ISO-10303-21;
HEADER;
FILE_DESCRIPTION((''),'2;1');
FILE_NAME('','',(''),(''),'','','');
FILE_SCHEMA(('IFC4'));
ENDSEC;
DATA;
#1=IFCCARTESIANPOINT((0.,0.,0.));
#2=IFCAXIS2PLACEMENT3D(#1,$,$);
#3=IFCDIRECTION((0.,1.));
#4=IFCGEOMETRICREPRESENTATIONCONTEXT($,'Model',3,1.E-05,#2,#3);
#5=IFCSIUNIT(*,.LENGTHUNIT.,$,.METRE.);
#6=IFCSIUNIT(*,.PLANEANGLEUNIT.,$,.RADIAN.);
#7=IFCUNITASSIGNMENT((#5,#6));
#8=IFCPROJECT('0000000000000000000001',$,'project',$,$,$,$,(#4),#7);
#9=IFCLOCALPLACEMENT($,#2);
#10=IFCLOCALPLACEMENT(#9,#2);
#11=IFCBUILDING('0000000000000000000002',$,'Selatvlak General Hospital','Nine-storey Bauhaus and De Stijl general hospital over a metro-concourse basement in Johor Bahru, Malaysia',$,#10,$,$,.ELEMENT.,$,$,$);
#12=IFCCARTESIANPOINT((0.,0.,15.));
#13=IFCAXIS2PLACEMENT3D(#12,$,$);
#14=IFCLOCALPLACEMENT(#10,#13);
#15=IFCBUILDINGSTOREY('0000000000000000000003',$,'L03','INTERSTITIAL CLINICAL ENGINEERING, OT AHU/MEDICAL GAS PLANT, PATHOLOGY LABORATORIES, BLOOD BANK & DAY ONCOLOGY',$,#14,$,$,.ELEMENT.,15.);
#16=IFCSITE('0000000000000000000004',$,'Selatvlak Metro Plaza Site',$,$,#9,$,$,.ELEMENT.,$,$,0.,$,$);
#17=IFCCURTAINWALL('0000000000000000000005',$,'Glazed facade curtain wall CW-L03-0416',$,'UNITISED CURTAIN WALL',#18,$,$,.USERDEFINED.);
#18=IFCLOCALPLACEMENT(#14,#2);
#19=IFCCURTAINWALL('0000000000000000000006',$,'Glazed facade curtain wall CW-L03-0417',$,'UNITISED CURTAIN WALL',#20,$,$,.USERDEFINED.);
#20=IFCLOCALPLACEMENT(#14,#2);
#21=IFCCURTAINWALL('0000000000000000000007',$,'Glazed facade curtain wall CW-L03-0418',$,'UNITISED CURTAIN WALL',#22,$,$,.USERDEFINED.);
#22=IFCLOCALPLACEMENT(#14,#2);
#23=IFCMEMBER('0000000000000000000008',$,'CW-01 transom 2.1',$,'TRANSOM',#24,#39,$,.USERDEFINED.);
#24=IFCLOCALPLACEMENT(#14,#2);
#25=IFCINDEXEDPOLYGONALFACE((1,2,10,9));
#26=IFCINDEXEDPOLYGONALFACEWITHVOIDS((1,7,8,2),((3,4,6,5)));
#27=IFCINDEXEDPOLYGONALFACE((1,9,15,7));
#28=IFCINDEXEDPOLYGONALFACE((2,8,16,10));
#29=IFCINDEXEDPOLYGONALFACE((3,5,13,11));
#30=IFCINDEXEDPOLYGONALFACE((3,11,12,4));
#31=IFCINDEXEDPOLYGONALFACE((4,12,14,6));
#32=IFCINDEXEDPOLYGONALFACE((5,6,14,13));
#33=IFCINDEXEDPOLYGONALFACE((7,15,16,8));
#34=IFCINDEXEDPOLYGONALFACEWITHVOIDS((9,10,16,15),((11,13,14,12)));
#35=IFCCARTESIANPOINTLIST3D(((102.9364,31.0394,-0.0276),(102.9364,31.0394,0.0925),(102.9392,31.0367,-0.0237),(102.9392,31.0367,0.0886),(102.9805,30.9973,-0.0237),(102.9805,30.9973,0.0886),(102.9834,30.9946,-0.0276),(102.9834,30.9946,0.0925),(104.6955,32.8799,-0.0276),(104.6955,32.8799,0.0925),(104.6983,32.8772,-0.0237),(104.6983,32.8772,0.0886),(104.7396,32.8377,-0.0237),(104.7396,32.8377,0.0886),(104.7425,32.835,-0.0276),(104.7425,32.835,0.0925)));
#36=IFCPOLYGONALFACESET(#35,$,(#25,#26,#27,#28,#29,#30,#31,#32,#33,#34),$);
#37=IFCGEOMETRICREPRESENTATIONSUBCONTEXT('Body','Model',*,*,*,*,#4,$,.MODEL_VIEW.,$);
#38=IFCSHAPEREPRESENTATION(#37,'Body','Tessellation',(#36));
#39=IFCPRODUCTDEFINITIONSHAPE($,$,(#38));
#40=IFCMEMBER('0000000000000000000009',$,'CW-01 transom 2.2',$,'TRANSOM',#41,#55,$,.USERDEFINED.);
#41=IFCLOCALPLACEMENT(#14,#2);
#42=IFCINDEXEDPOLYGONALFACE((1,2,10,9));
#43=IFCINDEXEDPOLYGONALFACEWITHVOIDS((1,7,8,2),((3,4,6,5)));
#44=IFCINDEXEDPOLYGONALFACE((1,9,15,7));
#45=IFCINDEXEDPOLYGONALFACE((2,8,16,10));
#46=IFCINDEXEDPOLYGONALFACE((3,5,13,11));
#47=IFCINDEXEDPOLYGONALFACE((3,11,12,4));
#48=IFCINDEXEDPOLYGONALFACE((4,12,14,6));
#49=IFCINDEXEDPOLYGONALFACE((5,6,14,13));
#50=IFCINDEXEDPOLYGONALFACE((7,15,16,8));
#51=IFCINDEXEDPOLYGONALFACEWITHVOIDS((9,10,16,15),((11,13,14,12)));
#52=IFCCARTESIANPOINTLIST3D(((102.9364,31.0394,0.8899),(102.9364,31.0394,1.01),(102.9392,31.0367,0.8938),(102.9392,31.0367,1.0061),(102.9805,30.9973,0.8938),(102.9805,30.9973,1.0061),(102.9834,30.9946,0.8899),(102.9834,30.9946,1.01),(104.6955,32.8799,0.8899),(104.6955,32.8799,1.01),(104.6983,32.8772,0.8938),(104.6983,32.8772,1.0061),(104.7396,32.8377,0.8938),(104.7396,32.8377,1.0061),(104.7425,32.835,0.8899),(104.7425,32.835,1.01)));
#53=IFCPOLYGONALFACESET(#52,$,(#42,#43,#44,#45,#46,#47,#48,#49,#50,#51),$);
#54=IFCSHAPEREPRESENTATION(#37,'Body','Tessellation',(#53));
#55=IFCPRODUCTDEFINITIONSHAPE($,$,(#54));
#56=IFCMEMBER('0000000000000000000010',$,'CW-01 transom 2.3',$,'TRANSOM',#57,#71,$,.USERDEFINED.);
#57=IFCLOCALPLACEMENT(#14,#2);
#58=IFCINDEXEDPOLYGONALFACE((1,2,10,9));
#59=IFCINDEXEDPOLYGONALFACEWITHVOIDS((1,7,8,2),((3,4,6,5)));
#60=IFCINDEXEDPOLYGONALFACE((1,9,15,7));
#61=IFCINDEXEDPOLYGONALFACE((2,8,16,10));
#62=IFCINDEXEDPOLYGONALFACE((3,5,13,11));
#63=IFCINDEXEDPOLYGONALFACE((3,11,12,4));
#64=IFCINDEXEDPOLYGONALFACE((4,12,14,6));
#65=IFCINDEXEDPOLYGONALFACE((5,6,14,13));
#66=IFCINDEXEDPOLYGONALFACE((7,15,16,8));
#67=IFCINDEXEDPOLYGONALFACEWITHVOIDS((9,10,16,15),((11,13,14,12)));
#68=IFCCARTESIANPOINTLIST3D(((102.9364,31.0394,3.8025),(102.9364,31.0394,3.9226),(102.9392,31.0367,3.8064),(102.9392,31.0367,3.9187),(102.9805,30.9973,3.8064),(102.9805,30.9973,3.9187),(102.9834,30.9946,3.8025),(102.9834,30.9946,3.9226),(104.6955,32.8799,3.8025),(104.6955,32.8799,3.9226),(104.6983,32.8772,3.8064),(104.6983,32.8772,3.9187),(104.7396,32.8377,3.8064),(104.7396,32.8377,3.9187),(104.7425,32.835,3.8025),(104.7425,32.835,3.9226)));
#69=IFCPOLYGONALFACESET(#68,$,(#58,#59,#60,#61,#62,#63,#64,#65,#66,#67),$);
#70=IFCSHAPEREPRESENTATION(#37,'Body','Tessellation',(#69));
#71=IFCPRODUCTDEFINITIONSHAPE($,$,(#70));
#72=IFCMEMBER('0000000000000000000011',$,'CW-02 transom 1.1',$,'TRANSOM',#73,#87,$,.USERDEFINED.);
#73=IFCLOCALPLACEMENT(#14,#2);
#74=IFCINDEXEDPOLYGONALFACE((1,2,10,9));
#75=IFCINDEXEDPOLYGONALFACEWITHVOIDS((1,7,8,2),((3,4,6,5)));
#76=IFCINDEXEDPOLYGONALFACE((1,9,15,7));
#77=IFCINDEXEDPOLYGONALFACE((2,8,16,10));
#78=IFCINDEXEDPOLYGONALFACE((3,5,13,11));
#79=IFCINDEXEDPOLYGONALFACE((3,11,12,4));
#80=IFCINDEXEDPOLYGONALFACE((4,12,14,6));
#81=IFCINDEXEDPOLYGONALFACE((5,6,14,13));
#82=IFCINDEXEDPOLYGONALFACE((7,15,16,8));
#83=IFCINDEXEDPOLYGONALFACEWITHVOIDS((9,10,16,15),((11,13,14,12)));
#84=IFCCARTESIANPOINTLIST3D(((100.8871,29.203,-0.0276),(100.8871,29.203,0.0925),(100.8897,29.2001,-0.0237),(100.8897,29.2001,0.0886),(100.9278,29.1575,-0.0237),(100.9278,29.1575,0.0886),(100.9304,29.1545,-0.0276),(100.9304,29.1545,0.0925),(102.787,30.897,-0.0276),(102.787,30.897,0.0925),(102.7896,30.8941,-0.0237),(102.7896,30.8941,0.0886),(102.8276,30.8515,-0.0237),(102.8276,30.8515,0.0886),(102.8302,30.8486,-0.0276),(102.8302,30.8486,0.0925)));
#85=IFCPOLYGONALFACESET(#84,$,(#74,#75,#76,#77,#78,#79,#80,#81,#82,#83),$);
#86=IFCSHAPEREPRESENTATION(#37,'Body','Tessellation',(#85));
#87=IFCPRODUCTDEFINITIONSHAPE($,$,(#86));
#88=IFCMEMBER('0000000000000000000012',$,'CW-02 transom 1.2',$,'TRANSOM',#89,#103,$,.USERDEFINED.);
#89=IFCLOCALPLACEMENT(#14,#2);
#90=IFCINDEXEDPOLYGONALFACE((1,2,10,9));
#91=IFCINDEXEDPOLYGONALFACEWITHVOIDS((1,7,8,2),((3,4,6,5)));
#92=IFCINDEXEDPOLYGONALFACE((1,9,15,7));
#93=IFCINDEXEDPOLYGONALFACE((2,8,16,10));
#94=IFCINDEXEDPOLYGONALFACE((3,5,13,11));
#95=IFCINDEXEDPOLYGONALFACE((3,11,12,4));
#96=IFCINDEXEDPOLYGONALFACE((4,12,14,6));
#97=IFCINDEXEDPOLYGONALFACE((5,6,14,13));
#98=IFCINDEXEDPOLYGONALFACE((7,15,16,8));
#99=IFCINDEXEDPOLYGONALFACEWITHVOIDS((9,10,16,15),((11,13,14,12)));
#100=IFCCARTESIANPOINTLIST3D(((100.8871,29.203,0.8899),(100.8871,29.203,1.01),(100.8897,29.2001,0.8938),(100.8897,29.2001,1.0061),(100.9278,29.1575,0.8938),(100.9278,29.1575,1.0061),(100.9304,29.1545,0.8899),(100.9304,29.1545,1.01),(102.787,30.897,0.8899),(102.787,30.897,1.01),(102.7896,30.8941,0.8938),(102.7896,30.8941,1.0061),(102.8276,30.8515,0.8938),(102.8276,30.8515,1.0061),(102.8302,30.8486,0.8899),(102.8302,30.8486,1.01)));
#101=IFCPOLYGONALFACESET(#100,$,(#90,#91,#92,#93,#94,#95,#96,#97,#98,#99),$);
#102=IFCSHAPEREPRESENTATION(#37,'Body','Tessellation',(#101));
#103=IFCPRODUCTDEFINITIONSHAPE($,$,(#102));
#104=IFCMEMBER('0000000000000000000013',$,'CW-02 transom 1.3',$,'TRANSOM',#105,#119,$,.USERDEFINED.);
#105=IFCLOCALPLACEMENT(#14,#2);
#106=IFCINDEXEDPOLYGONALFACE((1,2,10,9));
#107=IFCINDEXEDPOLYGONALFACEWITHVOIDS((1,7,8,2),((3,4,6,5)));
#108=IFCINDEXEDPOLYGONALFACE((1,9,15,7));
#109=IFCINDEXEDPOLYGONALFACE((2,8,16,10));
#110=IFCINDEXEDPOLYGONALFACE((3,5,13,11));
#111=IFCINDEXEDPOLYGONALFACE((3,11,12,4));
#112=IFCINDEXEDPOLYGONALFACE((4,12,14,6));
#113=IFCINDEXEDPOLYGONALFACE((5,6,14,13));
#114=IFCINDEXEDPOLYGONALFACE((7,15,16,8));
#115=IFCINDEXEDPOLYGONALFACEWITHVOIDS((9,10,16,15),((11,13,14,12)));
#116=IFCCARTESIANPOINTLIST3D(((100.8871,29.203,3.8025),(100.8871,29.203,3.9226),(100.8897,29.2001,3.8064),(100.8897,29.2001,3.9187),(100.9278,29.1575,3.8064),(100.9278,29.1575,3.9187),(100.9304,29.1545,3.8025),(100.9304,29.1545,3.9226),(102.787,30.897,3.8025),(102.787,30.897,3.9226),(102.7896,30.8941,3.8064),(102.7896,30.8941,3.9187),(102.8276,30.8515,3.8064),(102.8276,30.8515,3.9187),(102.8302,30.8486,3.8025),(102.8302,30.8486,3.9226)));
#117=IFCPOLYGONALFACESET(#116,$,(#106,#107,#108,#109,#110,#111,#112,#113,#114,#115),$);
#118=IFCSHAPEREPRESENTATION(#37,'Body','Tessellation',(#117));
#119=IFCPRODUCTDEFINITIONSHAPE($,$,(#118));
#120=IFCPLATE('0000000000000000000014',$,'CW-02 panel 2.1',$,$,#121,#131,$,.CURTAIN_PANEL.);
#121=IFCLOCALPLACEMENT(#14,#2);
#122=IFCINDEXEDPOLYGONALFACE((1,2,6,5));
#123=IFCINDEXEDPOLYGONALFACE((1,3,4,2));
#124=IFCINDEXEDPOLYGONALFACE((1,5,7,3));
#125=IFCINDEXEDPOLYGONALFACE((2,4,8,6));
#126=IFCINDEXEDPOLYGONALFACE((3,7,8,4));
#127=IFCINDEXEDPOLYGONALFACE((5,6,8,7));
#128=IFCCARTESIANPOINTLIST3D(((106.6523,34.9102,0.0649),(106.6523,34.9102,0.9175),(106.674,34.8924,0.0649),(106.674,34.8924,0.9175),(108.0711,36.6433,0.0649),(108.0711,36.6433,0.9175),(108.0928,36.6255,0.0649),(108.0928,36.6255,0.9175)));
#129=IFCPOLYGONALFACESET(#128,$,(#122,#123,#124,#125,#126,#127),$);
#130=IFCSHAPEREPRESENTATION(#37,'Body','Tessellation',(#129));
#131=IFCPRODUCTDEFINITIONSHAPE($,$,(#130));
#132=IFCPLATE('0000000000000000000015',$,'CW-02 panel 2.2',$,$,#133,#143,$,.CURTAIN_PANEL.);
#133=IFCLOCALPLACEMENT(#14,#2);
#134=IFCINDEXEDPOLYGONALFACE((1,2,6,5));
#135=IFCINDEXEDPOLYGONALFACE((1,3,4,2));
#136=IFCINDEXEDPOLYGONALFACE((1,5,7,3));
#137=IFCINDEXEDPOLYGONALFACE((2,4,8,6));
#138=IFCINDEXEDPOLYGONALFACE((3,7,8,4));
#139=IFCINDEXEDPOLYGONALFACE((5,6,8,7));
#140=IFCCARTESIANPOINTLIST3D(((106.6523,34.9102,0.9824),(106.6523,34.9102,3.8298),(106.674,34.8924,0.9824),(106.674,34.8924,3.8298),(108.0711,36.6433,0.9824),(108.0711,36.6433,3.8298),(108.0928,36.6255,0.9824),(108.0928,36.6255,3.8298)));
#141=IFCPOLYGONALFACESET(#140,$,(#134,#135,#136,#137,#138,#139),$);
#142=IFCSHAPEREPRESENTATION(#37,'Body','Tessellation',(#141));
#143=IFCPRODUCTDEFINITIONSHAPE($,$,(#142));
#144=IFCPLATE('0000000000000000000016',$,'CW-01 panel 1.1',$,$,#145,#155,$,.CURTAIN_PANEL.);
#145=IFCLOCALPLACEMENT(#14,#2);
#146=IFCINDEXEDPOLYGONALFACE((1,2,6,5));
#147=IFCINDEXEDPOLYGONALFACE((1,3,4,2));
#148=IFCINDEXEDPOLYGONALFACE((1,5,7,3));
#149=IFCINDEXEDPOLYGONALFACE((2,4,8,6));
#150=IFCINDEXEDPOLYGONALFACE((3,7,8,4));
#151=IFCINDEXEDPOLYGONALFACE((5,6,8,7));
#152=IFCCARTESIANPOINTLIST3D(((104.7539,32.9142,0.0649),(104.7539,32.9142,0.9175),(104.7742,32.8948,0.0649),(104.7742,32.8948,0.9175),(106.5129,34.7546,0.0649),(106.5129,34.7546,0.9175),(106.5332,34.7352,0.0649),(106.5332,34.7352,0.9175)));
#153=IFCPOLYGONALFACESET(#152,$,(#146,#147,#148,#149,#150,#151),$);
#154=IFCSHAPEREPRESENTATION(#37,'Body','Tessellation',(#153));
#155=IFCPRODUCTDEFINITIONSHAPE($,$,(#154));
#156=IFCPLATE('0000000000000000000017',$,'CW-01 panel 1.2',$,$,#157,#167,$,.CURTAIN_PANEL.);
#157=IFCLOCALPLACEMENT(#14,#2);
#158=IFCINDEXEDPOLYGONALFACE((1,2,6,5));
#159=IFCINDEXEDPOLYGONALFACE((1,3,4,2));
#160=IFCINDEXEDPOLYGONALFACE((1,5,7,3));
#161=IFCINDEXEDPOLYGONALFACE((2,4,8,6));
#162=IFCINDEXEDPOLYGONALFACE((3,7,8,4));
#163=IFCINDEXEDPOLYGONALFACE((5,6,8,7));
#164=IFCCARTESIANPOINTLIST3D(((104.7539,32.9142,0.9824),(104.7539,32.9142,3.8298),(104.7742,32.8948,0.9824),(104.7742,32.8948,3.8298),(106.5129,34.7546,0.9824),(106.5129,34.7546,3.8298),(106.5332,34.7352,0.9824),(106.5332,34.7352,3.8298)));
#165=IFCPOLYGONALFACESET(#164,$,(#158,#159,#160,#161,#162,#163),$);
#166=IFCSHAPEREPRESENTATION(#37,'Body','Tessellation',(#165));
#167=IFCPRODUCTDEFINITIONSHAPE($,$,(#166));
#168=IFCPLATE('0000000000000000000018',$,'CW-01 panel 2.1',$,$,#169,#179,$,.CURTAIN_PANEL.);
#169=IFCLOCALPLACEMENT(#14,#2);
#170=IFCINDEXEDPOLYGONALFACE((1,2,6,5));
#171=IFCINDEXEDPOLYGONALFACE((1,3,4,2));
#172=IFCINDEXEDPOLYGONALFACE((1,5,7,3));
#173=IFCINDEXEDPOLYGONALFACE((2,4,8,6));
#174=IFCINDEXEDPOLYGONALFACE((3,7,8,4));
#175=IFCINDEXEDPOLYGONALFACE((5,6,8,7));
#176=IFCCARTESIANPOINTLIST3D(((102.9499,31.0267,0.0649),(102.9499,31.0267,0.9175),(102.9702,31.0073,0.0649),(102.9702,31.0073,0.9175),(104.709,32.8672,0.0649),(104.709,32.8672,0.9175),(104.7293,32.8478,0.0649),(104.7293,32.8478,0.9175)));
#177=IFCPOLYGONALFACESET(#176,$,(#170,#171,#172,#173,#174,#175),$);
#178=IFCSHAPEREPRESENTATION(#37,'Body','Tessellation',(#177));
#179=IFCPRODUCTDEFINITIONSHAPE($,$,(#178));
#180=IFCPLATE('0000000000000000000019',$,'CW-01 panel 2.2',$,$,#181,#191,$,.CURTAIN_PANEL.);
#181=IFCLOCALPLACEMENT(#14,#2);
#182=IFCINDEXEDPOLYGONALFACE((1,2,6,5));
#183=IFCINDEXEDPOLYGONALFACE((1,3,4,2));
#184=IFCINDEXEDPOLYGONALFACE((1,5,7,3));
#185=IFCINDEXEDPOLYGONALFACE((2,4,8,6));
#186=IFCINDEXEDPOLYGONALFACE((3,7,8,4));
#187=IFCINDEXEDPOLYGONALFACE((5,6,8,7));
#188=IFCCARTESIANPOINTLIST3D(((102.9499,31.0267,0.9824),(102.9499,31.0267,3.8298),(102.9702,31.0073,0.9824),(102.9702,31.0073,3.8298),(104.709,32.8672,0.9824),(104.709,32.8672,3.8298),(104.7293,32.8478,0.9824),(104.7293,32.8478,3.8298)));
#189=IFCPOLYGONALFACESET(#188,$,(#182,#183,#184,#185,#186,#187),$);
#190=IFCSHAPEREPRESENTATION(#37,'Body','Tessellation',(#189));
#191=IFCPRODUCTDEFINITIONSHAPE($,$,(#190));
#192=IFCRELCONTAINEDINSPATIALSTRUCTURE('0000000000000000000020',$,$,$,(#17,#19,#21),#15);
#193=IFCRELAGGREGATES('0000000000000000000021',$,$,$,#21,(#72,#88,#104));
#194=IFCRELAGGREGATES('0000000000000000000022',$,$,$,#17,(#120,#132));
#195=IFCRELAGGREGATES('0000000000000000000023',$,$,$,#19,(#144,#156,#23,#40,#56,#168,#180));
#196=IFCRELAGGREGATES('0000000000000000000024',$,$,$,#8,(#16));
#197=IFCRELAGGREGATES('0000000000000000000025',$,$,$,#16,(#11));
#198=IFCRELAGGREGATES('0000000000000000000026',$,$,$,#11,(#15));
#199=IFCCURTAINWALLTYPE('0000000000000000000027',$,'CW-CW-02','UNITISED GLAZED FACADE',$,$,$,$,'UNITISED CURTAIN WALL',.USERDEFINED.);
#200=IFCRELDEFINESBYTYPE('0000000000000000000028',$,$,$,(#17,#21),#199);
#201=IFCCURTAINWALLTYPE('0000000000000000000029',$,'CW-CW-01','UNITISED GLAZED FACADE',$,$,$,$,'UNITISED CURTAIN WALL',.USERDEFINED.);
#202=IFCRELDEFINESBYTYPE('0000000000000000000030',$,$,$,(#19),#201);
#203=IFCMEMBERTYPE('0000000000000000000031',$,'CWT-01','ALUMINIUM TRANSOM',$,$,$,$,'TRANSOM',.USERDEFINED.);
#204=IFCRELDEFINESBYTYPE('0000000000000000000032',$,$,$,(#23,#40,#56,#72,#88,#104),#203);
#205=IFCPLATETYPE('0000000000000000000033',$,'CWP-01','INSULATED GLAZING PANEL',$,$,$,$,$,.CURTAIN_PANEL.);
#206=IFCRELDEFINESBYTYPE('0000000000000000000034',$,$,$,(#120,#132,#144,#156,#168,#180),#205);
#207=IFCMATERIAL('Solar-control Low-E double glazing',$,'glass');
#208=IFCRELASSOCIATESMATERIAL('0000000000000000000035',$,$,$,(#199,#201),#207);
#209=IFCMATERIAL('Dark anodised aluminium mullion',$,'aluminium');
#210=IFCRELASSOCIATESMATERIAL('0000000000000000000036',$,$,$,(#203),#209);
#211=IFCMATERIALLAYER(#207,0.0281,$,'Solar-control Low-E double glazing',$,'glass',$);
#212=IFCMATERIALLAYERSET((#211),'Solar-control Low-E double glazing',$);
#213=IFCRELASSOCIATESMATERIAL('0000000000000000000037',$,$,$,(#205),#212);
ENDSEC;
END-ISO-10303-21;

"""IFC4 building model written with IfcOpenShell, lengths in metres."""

from ifc_helpers import new_model, si_unit, direction, frame, origin, origin_2d, place, context, subcontext, project, spatial, rectangle, hollow_rectangle, extrude, material, layer, layer_set, material_profile, profile_set, type_object, element, aggregate, save


model = new_model("IFC4")

# Units and contexts
model_context = context("Model", 3, precision=1e-05, world=origin(), true_north=direction((0.0, 1.0)))
body_context = subcontext(model_context, "Body", "Model", "MODEL_VIEW")
ifc_project = project(units=[si_unit("LENGTHUNIT", "METRE"), si_unit("PLANEANGLEUNIT", "RADIAN")], contexts=[model_context])

# Site, building, storey
site_placement = place(None, origin())
site = spatial("IfcSite", under=ifc_project, at=site_placement, Name="Selatvlak Metro Plaza Site", CompositionType="ELEMENT", RefElevation=0.0)
building_placement = place(site_placement, origin())
building = spatial("IfcBuilding", under=site, at=building_placement, Name="Selatvlak General Hospital", Description="Nine-storey Bauhaus and De Stijl general hospital over a metro-concourse basement in Johor Bahru, Malaysia", CompositionType="ELEMENT")
storey_placement = place(building_placement, frame((0.0, 0.0, 15.0)))
storey = spatial("IfcBuildingStorey", under=building, at=storey_placement, Name="L03", Description="INTERSTITIAL CLINICAL ENGINEERING, OT AHU/MEDICAL GAS PLANT, PATHOLOGY LABORATORIES, BLOOD BANK & DAY ONCOLOGY", CompositionType="ELEMENT", Elevation=15.0)

# Curtain wall
ifc_material_1 = material(Name="Solar-control Low-E double glazing", Category="glass")
curtain_wall_type_1 = type_object("IfcCurtainWallType", Name="CW-CW-02", Description="UNITISED GLAZED FACADE", ElementType="UNITISED CURTAIN WALL", PredefinedType="USERDEFINED", material=ifc_material_1)
curtain_wall_1_placement = place(storey_placement, origin())
curtain_wall_1 = element("IfcCurtainWall", 1, at=curtain_wall_1_placement, inside=storey, type_object=curtain_wall_type_1, Name="Glazed facade curtain wall CW-L03-0416", ObjectType="UNITISED CURTAIN WALL", PredefinedType="USERDEFINED")
ifc_material_2 = material(Name="Dark anodised aluminium mullion", Category="aluminium")

# Curtain wall
curtain_wall_type_2 = type_object("IfcCurtainWallType", Name="CW-CW-01", Description="UNITISED GLAZED FACADE", ElementType="UNITISED CURTAIN WALL", PredefinedType="USERDEFINED", material=ifc_material_1)
curtain_wall_2_placement = place(storey_placement, origin())
curtain_wall_2 = element("IfcCurtainWall", 2, at=curtain_wall_2_placement, inside=storey, type_object=curtain_wall_type_2, Name="Glazed facade curtain wall CW-L03-0417", ObjectType="UNITISED CURTAIN WALL", PredefinedType="USERDEFINED")

# Curtain wall
curtain_wall_3_placement = place(storey_placement, origin())
curtain_wall_3 = element("IfcCurtainWall", 3, at=curtain_wall_3_placement, inside=storey, type_object=curtain_wall_type_1, Name="Glazed facade curtain wall CW-L03-0418", ObjectType="UNITISED CURTAIN WALL", PredefinedType="USERDEFINED")

# Members
ifc_material_profile_1 = material_profile(ifc_material_2, hollow_rectangle(XDim=0.0649, YDim=0.1201, WallThickness=0.0039, at=origin_2d()), Name="AL-TRN 65x120x4")
ifc_profile_set_1 = profile_set([ifc_material_profile_1], Name="Dark anodised aluminium mullion")
member_type_1 = type_object("IfcMemberType", Name="CWT-01", Description="ALUMINIUM TRANSOM", ElementType="TRANSOM", PredefinedType="USERDEFINED", material=ifc_profile_set_1)
member_1_placement = place(storey_placement, frame((104.719, 32.8574, 0.0325), z_axis=(-0.690959, -0.722894, 0.0), x_axis=(0.722894, -0.690959, 0.0)))
member_1 = element("IfcMember", 4, at=member_1_placement, type_object=member_type_1, Name="CW-01 transom 2.1", ObjectType="TRANSOM", PredefinedType="USERDEFINED", context=body_context, shape_type="SweptSolid", body=[
    extrude(hollow_rectangle(XDim=0.0649, YDim=0.1201, WallThickness=0.0039, at=origin_2d()), origin(), (0.0, 0.0, 1.0), 2.5459),
])
member_2_placement = place(storey_placement, frame((104.719, 32.8574, 0.95), z_axis=(-0.690959, -0.722894, 0.0), x_axis=(0.722894, -0.690959, 0.0)))
member_2 = element("IfcMember", 5, at=member_2_placement, type_object=member_type_1, Name="CW-01 transom 2.2", ObjectType="TRANSOM", PredefinedType="USERDEFINED", context=body_context, shape_type="SweptSolid", body=[
    extrude(hollow_rectangle(XDim=0.0649, YDim=0.1201, WallThickness=0.0039, at=origin_2d()), origin(), (0.0, 0.0, 1.0), 2.5459),
])
member_3_placement = place(storey_placement, frame((104.719, 32.8574, 3.8625), z_axis=(-0.690959, -0.722894, 0.0), x_axis=(0.722894, -0.690959, 0.0)))
member_3 = element("IfcMember", 6, at=member_3_placement, type_object=member_type_1, Name="CW-01 transom 2.3", ObjectType="TRANSOM", PredefinedType="USERDEFINED", context=body_context, shape_type="SweptSolid", body=[
    extrude(hollow_rectangle(XDim=0.0649, YDim=0.1201, WallThickness=0.0039, at=origin_2d()), origin(), (0.0, 0.0, 1.0), 2.5459),
])
member_4_placement = place(storey_placement, frame((102.8086, 30.8728, 0.0325), z_axis=(-0.746377, -0.665524, 0.0), x_axis=(0.665524, -0.746377, 0.0)))
member_4 = element("IfcMember", 7, at=member_4_placement, type_object=member_type_1, Name="CW-02 transom 1.1", ObjectType="TRANSOM", PredefinedType="USERDEFINED", context=body_context, shape_type="SweptSolid", body=[
    extrude(hollow_rectangle(XDim=0.0649, YDim=0.1201, WallThickness=0.0039, at=origin_2d()), origin(), (0.0, 0.0, 1.0), 2.5454),
])
member_5_placement = place(storey_placement, frame((102.8086, 30.8728, 0.95), z_axis=(-0.746377, -0.665524, 0.0), x_axis=(0.665524, -0.746377, 0.0)))
member_5 = element("IfcMember", 8, at=member_5_placement, type_object=member_type_1, Name="CW-02 transom 1.2", ObjectType="TRANSOM", PredefinedType="USERDEFINED", context=body_context, shape_type="SweptSolid", body=[
    extrude(hollow_rectangle(XDim=0.0649, YDim=0.1201, WallThickness=0.0039, at=origin_2d()), origin(), (0.0, 0.0, 1.0), 2.5454),
])
member_6_placement = place(storey_placement, frame((102.8086, 30.8728, 3.8625), z_axis=(-0.746377, -0.665524, 0.0), x_axis=(0.665524, -0.746377, 0.0)))
member_6 = element("IfcMember", 9, at=member_6_placement, type_object=member_type_1, Name="CW-02 transom 1.3", ObjectType="TRANSOM", PredefinedType="USERDEFINED", context=body_context, shape_type="SweptSolid", body=[
    extrude(hollow_rectangle(XDim=0.0649, YDim=0.1201, WallThickness=0.0039, at=origin_2d()), origin(), (0.0, 0.0, 1.0), 2.5454),
])
aggregate(curtain_wall_3, [member_4, member_5, member_6])

# Plates
ifc_layer_1 = layer(ifc_material_1, 0.0281, Name="Solar-control Low-E double glazing", Category="glass")
ifc_layer_set_1 = layer_set([ifc_layer_1], Name="Solar-control Low-E double glazing")
plate_type = type_object("IfcPlateType", Name="CWP-01", Description="INSULATED GLAZING PANEL", PredefinedType="CURTAIN_PANEL", material=ifc_layer_set_1)
plate_1_placement = place(storey_placement, frame((107.3726, 35.7678, 0.0649), z_axis=(0.0, 0.0, 1.0), x_axis=(-0.633447, -0.773786, 0.0)))
plate_1 = element("IfcPlate", 10, at=plate_1_placement, type_object=plate_type, Name="CW-02 panel 2.1", PredefinedType="CURTAIN_PANEL", context=body_context, shape_type="SweptSolid", body=[
    extrude(rectangle(XDim=2.2397, YDim=0.0281, at=origin_2d()), origin(), (0.0, 0.0, 1.0), 0.8525),
])
plate_2_placement = place(storey_placement, frame((107.3726, 35.7678, 0.9824), z_axis=(0.0, 0.0, 1.0), x_axis=(-0.633447, -0.773786, 0.0)))
plate_2 = element("IfcPlate", 11, at=plate_2_placement, type_object=plate_type, Name="CW-02 panel 2.2", PredefinedType="CURTAIN_PANEL", context=body_context, shape_type="SweptSolid", body=[
    extrude(rectangle(XDim=2.2397, YDim=0.0281, at=origin_2d()), origin(), (0.0, 0.0, 1.0), 2.8474),
])
aggregate(curtain_wall_1, [plate_1, plate_2])
plate_3_placement = place(storey_placement, frame((105.6436, 33.8247, 0.0649), z_axis=(0.0, 0.0, 1.0), x_axis=(-0.690943, -0.722909, 0.0)))
plate_3 = element("IfcPlate", 12, at=plate_3_placement, type_object=plate_type, Name="CW-01 panel 1.1", PredefinedType="CURTAIN_PANEL", context=body_context, shape_type="SweptSolid", body=[
    extrude(rectangle(XDim=2.5459, YDim=0.0281, at=origin_2d()), origin(), (0.0, 0.0, 1.0), 0.8525),
])
plate_4_placement = place(storey_placement, frame((105.6436, 33.8247, 0.9824), z_axis=(0.0, 0.0, 1.0), x_axis=(-0.690943, -0.722909, 0.0)))
plate_4 = element("IfcPlate", 13, at=plate_4_placement, type_object=plate_type, Name="CW-01 panel 1.2", PredefinedType="CURTAIN_PANEL", context=body_context, shape_type="SweptSolid", body=[
    extrude(rectangle(XDim=2.5459, YDim=0.0281, at=origin_2d()), origin(), (0.0, 0.0, 1.0), 2.8474),
])
plate_5_placement = place(storey_placement, frame((103.8396, 31.9373, 0.0649), z_axis=(0.0, 0.0, 1.0), x_axis=(-0.690943, -0.722909, 0.0)))
plate_5 = element("IfcPlate", 14, at=plate_5_placement, type_object=plate_type, Name="CW-01 panel 2.1", PredefinedType="CURTAIN_PANEL", context=body_context, shape_type="SweptSolid", body=[
    extrude(rectangle(XDim=2.5459, YDim=0.0281, at=origin_2d()), origin(), (0.0, 0.0, 1.0), 0.8525),
])
plate_6_placement = place(storey_placement, frame((103.8396, 31.9373, 0.9824), z_axis=(0.0, 0.0, 1.0), x_axis=(-0.690943, -0.722909, 0.0)))
plate_6 = element("IfcPlate", 15, at=plate_6_placement, type_object=plate_type, Name="CW-01 panel 2.2", PredefinedType="CURTAIN_PANEL", context=body_context, shape_type="SweptSolid", body=[
    extrude(rectangle(XDim=2.5459, YDim=0.0281, at=origin_2d()), origin(), (0.0, 0.0, 1.0), 2.8474),
])
aggregate(curtain_wall_2, [plate_3, plate_4, member_1, member_2, member_3, plate_5, plate_6])

save(model, "model.ifc")
